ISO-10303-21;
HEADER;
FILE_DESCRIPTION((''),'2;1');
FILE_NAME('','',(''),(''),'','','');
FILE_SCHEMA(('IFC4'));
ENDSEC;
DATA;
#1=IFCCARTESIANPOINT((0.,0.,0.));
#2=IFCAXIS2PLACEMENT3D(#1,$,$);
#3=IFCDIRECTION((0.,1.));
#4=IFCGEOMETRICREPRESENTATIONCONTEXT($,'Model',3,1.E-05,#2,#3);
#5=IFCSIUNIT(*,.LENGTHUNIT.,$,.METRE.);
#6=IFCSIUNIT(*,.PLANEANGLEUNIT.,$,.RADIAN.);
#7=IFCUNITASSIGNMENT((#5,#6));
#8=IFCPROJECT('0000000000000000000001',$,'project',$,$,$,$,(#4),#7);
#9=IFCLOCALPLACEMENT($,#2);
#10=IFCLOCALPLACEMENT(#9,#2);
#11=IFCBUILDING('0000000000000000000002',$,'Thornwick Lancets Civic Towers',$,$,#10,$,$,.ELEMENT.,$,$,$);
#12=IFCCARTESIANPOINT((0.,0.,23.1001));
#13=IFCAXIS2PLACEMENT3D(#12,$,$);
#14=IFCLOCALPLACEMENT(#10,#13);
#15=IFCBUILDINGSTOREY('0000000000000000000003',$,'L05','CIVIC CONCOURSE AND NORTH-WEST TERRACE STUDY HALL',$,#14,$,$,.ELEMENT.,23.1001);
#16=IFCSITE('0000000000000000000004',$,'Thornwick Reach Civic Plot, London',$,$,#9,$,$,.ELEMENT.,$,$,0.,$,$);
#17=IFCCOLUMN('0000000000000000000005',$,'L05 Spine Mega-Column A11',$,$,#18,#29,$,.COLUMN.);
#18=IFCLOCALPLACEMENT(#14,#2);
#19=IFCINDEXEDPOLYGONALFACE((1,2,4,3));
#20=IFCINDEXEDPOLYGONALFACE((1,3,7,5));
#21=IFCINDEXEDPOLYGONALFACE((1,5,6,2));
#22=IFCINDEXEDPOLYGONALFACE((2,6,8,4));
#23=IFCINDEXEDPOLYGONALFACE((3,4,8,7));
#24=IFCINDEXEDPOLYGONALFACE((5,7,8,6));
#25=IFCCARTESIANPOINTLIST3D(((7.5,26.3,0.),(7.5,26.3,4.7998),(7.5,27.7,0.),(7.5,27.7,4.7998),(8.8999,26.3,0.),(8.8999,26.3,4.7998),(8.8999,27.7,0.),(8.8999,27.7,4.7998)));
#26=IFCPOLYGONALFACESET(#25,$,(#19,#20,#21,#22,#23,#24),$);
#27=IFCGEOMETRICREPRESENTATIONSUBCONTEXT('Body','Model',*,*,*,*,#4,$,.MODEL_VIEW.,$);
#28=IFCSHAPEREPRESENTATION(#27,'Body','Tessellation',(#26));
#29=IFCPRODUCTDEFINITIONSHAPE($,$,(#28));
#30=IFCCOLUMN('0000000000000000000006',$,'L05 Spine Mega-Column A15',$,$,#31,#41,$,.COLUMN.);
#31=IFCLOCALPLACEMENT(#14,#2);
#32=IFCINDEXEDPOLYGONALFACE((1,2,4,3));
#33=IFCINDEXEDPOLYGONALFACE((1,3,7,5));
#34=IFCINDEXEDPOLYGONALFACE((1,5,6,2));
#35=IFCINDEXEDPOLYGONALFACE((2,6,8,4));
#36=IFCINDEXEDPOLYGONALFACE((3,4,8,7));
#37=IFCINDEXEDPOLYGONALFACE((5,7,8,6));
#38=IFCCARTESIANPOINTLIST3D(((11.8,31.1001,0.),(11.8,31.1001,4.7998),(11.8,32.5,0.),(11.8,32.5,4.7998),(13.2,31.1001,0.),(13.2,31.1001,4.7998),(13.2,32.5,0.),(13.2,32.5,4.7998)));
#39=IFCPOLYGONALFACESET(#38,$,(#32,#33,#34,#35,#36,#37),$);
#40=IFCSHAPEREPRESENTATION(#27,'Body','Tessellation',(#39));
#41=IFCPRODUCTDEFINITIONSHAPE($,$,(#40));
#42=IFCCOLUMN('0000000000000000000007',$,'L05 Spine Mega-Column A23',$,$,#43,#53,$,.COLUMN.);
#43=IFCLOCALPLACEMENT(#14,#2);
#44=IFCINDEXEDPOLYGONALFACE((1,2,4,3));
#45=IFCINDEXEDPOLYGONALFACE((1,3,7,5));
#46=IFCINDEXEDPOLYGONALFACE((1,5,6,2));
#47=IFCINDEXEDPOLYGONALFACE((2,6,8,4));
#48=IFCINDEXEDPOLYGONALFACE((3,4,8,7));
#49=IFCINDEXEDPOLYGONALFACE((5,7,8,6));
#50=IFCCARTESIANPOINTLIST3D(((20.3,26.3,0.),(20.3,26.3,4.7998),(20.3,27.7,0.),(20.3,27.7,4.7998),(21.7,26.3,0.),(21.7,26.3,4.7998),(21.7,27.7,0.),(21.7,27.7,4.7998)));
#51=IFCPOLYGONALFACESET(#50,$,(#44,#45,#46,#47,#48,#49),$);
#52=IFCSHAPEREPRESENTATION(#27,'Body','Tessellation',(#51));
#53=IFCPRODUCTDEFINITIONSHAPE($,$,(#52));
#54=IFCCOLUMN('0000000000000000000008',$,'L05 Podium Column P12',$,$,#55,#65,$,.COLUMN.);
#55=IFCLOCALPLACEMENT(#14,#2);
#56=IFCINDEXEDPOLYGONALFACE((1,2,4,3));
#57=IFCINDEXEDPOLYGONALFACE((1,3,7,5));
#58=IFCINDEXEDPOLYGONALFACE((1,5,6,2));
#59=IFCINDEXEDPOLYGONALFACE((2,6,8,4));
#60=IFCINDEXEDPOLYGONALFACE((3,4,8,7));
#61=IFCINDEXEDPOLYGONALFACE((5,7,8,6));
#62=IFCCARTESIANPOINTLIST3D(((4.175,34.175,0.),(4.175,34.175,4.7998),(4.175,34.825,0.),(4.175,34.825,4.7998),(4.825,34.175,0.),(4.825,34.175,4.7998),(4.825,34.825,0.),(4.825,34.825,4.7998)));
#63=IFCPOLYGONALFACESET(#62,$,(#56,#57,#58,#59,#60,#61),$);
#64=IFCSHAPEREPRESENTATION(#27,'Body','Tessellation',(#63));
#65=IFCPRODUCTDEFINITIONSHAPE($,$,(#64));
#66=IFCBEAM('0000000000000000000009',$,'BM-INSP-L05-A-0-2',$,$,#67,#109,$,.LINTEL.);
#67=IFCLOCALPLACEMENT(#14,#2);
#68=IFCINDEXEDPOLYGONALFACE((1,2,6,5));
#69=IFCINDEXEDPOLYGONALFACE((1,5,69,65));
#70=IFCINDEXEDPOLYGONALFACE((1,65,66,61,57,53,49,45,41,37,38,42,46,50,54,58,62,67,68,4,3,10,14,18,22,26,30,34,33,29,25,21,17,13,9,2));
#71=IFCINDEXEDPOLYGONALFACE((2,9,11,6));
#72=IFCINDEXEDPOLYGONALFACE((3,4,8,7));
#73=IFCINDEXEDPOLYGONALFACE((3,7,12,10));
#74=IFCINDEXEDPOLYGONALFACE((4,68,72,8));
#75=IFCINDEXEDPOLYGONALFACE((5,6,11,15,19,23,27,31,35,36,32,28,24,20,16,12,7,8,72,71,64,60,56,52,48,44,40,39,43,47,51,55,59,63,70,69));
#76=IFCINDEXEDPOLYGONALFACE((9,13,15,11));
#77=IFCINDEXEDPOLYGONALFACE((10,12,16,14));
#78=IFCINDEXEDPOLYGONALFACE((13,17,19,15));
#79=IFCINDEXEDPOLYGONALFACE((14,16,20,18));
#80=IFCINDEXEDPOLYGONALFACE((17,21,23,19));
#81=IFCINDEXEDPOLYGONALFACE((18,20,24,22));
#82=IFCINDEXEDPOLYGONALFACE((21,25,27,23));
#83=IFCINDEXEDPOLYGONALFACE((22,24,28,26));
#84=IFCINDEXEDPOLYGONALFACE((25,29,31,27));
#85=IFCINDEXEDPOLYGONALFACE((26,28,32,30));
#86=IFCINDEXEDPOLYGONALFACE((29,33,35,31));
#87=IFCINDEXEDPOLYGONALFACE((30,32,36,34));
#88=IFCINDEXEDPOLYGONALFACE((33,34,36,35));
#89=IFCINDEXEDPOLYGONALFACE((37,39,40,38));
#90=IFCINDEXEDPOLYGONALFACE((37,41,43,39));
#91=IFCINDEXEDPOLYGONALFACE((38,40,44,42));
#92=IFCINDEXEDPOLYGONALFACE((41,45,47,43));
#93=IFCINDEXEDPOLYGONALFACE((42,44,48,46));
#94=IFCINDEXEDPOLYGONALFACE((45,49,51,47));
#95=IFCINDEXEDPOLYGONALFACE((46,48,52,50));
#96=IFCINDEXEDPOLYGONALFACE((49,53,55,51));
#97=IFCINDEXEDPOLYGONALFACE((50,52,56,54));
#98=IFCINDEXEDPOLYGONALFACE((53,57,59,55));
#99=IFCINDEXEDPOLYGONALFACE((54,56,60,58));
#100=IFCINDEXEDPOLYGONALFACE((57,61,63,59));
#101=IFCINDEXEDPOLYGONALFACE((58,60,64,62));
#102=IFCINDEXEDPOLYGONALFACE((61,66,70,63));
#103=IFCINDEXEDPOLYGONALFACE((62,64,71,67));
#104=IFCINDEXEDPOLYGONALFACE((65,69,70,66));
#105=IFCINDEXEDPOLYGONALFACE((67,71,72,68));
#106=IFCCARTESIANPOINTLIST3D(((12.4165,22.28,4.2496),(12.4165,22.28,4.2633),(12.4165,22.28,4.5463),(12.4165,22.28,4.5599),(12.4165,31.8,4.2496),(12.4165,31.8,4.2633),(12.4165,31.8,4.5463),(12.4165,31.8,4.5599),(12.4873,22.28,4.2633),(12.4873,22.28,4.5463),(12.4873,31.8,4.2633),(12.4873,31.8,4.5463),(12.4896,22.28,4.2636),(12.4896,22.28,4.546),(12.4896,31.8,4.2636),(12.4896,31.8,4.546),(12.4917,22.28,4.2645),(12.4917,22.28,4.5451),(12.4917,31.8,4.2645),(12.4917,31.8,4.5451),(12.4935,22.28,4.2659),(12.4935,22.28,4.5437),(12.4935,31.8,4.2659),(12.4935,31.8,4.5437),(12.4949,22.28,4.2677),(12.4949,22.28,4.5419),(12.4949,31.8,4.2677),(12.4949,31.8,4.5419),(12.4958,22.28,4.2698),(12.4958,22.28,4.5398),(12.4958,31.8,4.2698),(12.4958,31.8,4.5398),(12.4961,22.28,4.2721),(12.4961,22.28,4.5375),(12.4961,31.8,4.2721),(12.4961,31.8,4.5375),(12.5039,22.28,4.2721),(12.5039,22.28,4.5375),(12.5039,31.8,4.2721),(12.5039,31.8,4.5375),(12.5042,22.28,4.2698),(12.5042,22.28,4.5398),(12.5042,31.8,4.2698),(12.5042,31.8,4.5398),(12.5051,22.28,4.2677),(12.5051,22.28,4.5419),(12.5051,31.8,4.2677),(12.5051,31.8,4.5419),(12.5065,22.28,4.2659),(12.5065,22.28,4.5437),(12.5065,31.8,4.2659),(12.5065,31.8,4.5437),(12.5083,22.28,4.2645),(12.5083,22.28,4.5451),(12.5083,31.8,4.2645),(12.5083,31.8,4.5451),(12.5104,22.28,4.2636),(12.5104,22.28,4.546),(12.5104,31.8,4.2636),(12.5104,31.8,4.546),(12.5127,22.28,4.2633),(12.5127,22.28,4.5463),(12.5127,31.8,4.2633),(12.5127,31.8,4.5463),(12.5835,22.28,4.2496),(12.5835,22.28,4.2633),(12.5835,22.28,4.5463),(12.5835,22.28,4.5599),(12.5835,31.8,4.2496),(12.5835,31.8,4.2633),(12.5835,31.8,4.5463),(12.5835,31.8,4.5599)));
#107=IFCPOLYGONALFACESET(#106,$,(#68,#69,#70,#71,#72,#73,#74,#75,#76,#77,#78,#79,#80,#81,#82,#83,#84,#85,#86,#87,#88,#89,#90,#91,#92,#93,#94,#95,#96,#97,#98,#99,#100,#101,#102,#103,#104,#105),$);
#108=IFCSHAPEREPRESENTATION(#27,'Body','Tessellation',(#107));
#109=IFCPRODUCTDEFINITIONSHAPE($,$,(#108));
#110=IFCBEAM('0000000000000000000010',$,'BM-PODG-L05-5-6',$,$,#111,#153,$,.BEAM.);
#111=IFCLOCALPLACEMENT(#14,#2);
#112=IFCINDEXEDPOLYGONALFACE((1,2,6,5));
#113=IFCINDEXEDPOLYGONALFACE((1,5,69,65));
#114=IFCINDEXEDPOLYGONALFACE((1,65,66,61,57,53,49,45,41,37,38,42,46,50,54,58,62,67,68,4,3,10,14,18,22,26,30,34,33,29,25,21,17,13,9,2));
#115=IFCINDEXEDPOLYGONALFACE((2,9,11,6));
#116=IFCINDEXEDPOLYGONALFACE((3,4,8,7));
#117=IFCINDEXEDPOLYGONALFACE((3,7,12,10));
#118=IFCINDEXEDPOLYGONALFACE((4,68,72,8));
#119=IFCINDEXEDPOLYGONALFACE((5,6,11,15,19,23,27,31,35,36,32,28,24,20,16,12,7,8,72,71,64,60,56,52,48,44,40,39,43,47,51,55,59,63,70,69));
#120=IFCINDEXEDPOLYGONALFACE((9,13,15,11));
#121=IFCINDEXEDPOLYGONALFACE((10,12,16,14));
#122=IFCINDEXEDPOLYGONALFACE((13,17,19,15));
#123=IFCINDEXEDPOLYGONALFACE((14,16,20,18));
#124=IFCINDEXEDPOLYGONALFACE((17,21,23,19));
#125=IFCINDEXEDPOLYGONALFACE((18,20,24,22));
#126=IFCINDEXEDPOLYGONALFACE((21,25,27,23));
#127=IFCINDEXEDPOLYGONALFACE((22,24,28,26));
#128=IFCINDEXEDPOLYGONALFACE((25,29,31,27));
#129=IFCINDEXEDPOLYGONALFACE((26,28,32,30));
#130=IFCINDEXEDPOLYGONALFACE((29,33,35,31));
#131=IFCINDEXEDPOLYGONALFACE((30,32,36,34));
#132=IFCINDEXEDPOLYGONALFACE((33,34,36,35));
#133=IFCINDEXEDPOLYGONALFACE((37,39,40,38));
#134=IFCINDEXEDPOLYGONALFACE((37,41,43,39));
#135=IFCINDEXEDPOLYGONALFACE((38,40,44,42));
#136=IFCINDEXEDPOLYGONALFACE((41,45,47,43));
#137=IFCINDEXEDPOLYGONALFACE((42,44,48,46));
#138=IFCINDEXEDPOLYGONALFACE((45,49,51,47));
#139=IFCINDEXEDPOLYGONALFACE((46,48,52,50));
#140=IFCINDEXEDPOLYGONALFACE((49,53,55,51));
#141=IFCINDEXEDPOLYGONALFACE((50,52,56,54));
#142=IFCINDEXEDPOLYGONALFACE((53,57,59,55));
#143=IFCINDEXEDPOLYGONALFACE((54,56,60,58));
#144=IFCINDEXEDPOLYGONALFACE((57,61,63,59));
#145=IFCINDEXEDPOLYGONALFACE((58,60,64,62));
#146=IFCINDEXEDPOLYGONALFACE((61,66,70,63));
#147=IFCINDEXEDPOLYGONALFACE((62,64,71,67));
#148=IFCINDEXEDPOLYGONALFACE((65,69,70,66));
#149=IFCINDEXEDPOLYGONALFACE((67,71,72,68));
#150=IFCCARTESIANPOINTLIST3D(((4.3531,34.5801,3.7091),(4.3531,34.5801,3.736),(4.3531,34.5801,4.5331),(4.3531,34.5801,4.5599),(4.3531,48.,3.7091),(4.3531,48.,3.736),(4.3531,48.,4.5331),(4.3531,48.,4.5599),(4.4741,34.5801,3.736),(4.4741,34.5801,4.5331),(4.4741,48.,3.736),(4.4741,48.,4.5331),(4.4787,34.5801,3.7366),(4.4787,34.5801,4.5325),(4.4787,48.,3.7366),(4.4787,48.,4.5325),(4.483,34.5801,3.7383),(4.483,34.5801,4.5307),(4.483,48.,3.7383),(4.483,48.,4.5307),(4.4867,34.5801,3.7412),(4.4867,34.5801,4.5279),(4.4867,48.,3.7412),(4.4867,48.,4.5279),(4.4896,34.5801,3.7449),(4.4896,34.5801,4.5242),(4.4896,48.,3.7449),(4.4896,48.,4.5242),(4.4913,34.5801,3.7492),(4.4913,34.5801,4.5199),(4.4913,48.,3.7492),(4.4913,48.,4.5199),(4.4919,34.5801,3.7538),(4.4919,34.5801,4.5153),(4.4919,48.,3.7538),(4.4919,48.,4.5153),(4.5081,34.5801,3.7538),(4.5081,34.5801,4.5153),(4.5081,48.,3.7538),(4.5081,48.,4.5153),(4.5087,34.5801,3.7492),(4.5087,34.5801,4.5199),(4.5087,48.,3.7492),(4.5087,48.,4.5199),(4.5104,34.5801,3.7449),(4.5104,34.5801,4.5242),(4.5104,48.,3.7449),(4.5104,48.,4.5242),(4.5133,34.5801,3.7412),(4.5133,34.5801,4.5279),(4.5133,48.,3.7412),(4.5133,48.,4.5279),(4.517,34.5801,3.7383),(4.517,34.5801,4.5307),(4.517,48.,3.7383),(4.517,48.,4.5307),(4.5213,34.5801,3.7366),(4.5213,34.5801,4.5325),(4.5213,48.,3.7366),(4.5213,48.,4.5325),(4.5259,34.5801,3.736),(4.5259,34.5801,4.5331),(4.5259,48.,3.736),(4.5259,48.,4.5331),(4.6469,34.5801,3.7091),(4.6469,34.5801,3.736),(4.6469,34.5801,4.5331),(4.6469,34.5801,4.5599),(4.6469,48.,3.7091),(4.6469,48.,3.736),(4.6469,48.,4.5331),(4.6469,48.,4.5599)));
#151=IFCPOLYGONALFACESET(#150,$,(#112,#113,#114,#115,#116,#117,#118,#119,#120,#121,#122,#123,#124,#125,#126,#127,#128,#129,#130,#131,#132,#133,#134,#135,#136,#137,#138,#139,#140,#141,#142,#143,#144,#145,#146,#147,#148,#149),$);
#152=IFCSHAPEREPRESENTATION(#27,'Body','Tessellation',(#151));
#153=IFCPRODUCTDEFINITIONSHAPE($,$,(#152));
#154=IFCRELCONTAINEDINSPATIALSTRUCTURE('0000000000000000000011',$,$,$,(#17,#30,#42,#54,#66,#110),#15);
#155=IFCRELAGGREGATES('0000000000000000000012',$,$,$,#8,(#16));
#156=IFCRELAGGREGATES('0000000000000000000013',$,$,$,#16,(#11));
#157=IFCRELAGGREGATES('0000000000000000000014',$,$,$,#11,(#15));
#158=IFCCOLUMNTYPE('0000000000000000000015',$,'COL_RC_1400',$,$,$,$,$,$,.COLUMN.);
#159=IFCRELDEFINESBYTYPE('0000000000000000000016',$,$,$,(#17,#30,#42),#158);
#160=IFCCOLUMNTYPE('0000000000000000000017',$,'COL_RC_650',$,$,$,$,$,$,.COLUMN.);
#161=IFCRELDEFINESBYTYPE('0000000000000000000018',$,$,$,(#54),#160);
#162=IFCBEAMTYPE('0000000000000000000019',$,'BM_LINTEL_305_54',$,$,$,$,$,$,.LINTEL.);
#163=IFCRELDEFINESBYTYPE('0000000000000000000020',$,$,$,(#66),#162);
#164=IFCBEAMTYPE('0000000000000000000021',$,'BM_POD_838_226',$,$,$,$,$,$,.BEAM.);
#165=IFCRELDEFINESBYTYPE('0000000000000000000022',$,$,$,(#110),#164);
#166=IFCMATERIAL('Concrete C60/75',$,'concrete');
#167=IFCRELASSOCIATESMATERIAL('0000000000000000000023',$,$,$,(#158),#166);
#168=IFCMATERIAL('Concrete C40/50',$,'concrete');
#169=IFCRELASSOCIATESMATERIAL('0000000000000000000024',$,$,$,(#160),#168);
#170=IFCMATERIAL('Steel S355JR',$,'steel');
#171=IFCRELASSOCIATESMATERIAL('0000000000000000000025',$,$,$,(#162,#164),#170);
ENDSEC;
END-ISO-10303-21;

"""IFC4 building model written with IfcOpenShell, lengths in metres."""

from ifc_helpers import new_model, si_unit, direction, frame, origin, origin_2d, place, context, subcontext, project, spatial, rectangle, i_section, extrude, material, material_profile, profile_set, type_object, element, save


model = new_model("IFC4")

# Units and contexts
model_context = context("Model", 3, precision=1e-05, world=origin(), true_north=direction((0.0, 1.0)))
body_context = subcontext(model_context, "Body", "Model", "MODEL_VIEW")
ifc_project = project(units=[si_unit("LENGTHUNIT", "METRE"), si_unit("PLANEANGLEUNIT", "RADIAN")], contexts=[model_context])

# Site, building, storey
site_placement = place(None, origin())
site = spatial("IfcSite", under=ifc_project, at=site_placement, Name="Thornwick Reach Civic Plot, London", CompositionType="ELEMENT", RefElevation=0.0)
building_placement = place(site_placement, origin())
building = spatial("IfcBuilding", under=site, at=building_placement, Name="Thornwick Lancets Civic Towers", CompositionType="ELEMENT")
storey_placement = place(building_placement, frame((0.0, 0.0, 23.1001)))
storey = spatial("IfcBuildingStorey", under=building, at=storey_placement, Name="L05", Description="CIVIC CONCOURSE AND NORTH-WEST TERRACE STUDY HALL", CompositionType="ELEMENT", Elevation=23.1001)

# Columns
ifc_material_1 = material(Name="Concrete C60/75", Category="concrete")
ifc_material_profile_1 = material_profile(ifc_material_1, rectangle(XDim=1.3999, YDim=1.3999, at=origin_2d()), Name="RC 1400x1400")
ifc_profile_set_1 = profile_set([ifc_material_profile_1], Name="Concrete C60/75")
column_type_1 = type_object("IfcColumnType", Name="COL_RC_1400", PredefinedType="COLUMN", material=ifc_profile_set_1)
for number, where, z_axis, x_axis, name in (
    (1, (8.2, 27.0, 0.0), (0.0, 0.0, 1.0), (1.0, 0.0, 0.0), "L05 Spine Mega-Column A11"),
    (2, (12.5, 31.8, 0.0), (0.0, 0.0, 1.0), (1.0, 0.0, 0.0), "L05 Spine Mega-Column A15"),
    (3, (21.0, 27.0, 0.0), (0.0, 0.0, 1.0), (1.0, 0.0, 0.0), "L05 Spine Mega-Column A23"),
):
    element("IfcColumn", number, at=place(storey_placement, frame(where, z_axis=z_axis, x_axis=x_axis)), inside=storey, type_object=column_type_1, Name=name, PredefinedType="COLUMN", context=body_context, shape_type="SweptSolid", body=[
        extrude(rectangle(XDim=1.3999, YDim=1.3999, at=origin_2d()), origin(), (0.0, 0.0, 1.0), 4.7998),
    ])
ifc_material_2 = material(Name="Concrete C40/50", Category="concrete")
ifc_material_profile_2 = material_profile(ifc_material_2, rectangle(XDim=0.6499, YDim=0.6499, at=origin_2d()), Name="RC 650x650")
ifc_profile_set_2 = profile_set([ifc_material_profile_2], Name="Concrete C40/50")
column_type_2 = type_object("IfcColumnType", Name="COL_RC_650", PredefinedType="COLUMN", material=ifc_profile_set_2)
column_placement = place(storey_placement, frame((4.5, 34.5, 0.0), z_axis=(0.0, 0.0, 1.0), x_axis=(1.0, 0.0, 0.0)))
element("IfcColumn", 4, at=column_placement, inside=storey, type_object=column_type_2, Name="L05 Podium Column P12", PredefinedType="COLUMN", context=body_context, shape_type="SweptSolid", body=[
    extrude(rectangle(XDim=0.6499, YDim=0.6499, at=origin_2d()), origin(), (0.0, 0.0, 1.0), 4.7998),
])

# Beams
ifc_material_3 = material(Name="Steel S355JR", Category="steel")
ifc_material_profile_3 = material_profile(ifc_material_3, i_section(OverallWidth=0.167, OverallDepth=0.3103, WebThickness=0.0078, FlangeThickness=0.0137, FilletRadius=0.0088, at=origin_2d()), Name="UKB 305x165x54")
ifc_profile_set_3 = profile_set([ifc_material_profile_3], Name="Steel S355JR")
beam_type_1 = type_object("IfcBeamType", Name="BM_LINTEL_305_54", PredefinedType="LINTEL", material=ifc_profile_set_3)
beam_1_placement = place(storey_placement, frame((12.5, 22.28, 4.4048), z_axis=(0.0, 1.0, 0.0), x_axis=(-1.0, 0.0, 0.0)))
element("IfcBeam", 5, at=beam_1_placement, inside=storey, type_object=beam_type_1, Name="BM-INSP-L05-A-0-2", PredefinedType="LINTEL", context=body_context, shape_type="SweptSolid", body=[
    extrude(i_section(OverallWidth=0.167, OverallDepth=0.3103, WebThickness=0.0078, FlangeThickness=0.0137, FilletRadius=0.0088, at=origin_2d()), origin(), (0.0, 0.0, 1.0), 9.52),
])
ifc_material_profile_4 = material_profile(ifc_material_3, i_section(OverallWidth=0.2937, OverallDepth=0.8508, WebThickness=0.0161, FlangeThickness=0.0269, FilletRadius=0.0178, at=origin_2d()), Name="UKB 838x292x226")
ifc_profile_set_4 = profile_set([ifc_material_profile_4], Name="Steel S355JR")
beam_type_2 = type_object("IfcBeamType", Name="BM_POD_838_226", PredefinedType="BEAM", material=ifc_profile_set_4)
beam_2_placement = place(storey_placement, frame((4.5, 34.5801, 4.1345), z_axis=(0.0, 1.0, 0.0), x_axis=(-1.0, 0.0, 0.0)))
element("IfcBeam", 6, at=beam_2_placement, inside=storey, type_object=beam_type_2, Name="BM-PODG-L05-5-6", PredefinedType="BEAM", context=body_context, shape_type="SweptSolid", body=[
    extrude(i_section(OverallWidth=0.2937, OverallDepth=0.8508, WebThickness=0.0161, FlangeThickness=0.0269, FilletRadius=0.0178, at=origin_2d()), origin(), (0.0, 0.0, 1.0), 13.4199),
])

save(model, "model.ifc")
